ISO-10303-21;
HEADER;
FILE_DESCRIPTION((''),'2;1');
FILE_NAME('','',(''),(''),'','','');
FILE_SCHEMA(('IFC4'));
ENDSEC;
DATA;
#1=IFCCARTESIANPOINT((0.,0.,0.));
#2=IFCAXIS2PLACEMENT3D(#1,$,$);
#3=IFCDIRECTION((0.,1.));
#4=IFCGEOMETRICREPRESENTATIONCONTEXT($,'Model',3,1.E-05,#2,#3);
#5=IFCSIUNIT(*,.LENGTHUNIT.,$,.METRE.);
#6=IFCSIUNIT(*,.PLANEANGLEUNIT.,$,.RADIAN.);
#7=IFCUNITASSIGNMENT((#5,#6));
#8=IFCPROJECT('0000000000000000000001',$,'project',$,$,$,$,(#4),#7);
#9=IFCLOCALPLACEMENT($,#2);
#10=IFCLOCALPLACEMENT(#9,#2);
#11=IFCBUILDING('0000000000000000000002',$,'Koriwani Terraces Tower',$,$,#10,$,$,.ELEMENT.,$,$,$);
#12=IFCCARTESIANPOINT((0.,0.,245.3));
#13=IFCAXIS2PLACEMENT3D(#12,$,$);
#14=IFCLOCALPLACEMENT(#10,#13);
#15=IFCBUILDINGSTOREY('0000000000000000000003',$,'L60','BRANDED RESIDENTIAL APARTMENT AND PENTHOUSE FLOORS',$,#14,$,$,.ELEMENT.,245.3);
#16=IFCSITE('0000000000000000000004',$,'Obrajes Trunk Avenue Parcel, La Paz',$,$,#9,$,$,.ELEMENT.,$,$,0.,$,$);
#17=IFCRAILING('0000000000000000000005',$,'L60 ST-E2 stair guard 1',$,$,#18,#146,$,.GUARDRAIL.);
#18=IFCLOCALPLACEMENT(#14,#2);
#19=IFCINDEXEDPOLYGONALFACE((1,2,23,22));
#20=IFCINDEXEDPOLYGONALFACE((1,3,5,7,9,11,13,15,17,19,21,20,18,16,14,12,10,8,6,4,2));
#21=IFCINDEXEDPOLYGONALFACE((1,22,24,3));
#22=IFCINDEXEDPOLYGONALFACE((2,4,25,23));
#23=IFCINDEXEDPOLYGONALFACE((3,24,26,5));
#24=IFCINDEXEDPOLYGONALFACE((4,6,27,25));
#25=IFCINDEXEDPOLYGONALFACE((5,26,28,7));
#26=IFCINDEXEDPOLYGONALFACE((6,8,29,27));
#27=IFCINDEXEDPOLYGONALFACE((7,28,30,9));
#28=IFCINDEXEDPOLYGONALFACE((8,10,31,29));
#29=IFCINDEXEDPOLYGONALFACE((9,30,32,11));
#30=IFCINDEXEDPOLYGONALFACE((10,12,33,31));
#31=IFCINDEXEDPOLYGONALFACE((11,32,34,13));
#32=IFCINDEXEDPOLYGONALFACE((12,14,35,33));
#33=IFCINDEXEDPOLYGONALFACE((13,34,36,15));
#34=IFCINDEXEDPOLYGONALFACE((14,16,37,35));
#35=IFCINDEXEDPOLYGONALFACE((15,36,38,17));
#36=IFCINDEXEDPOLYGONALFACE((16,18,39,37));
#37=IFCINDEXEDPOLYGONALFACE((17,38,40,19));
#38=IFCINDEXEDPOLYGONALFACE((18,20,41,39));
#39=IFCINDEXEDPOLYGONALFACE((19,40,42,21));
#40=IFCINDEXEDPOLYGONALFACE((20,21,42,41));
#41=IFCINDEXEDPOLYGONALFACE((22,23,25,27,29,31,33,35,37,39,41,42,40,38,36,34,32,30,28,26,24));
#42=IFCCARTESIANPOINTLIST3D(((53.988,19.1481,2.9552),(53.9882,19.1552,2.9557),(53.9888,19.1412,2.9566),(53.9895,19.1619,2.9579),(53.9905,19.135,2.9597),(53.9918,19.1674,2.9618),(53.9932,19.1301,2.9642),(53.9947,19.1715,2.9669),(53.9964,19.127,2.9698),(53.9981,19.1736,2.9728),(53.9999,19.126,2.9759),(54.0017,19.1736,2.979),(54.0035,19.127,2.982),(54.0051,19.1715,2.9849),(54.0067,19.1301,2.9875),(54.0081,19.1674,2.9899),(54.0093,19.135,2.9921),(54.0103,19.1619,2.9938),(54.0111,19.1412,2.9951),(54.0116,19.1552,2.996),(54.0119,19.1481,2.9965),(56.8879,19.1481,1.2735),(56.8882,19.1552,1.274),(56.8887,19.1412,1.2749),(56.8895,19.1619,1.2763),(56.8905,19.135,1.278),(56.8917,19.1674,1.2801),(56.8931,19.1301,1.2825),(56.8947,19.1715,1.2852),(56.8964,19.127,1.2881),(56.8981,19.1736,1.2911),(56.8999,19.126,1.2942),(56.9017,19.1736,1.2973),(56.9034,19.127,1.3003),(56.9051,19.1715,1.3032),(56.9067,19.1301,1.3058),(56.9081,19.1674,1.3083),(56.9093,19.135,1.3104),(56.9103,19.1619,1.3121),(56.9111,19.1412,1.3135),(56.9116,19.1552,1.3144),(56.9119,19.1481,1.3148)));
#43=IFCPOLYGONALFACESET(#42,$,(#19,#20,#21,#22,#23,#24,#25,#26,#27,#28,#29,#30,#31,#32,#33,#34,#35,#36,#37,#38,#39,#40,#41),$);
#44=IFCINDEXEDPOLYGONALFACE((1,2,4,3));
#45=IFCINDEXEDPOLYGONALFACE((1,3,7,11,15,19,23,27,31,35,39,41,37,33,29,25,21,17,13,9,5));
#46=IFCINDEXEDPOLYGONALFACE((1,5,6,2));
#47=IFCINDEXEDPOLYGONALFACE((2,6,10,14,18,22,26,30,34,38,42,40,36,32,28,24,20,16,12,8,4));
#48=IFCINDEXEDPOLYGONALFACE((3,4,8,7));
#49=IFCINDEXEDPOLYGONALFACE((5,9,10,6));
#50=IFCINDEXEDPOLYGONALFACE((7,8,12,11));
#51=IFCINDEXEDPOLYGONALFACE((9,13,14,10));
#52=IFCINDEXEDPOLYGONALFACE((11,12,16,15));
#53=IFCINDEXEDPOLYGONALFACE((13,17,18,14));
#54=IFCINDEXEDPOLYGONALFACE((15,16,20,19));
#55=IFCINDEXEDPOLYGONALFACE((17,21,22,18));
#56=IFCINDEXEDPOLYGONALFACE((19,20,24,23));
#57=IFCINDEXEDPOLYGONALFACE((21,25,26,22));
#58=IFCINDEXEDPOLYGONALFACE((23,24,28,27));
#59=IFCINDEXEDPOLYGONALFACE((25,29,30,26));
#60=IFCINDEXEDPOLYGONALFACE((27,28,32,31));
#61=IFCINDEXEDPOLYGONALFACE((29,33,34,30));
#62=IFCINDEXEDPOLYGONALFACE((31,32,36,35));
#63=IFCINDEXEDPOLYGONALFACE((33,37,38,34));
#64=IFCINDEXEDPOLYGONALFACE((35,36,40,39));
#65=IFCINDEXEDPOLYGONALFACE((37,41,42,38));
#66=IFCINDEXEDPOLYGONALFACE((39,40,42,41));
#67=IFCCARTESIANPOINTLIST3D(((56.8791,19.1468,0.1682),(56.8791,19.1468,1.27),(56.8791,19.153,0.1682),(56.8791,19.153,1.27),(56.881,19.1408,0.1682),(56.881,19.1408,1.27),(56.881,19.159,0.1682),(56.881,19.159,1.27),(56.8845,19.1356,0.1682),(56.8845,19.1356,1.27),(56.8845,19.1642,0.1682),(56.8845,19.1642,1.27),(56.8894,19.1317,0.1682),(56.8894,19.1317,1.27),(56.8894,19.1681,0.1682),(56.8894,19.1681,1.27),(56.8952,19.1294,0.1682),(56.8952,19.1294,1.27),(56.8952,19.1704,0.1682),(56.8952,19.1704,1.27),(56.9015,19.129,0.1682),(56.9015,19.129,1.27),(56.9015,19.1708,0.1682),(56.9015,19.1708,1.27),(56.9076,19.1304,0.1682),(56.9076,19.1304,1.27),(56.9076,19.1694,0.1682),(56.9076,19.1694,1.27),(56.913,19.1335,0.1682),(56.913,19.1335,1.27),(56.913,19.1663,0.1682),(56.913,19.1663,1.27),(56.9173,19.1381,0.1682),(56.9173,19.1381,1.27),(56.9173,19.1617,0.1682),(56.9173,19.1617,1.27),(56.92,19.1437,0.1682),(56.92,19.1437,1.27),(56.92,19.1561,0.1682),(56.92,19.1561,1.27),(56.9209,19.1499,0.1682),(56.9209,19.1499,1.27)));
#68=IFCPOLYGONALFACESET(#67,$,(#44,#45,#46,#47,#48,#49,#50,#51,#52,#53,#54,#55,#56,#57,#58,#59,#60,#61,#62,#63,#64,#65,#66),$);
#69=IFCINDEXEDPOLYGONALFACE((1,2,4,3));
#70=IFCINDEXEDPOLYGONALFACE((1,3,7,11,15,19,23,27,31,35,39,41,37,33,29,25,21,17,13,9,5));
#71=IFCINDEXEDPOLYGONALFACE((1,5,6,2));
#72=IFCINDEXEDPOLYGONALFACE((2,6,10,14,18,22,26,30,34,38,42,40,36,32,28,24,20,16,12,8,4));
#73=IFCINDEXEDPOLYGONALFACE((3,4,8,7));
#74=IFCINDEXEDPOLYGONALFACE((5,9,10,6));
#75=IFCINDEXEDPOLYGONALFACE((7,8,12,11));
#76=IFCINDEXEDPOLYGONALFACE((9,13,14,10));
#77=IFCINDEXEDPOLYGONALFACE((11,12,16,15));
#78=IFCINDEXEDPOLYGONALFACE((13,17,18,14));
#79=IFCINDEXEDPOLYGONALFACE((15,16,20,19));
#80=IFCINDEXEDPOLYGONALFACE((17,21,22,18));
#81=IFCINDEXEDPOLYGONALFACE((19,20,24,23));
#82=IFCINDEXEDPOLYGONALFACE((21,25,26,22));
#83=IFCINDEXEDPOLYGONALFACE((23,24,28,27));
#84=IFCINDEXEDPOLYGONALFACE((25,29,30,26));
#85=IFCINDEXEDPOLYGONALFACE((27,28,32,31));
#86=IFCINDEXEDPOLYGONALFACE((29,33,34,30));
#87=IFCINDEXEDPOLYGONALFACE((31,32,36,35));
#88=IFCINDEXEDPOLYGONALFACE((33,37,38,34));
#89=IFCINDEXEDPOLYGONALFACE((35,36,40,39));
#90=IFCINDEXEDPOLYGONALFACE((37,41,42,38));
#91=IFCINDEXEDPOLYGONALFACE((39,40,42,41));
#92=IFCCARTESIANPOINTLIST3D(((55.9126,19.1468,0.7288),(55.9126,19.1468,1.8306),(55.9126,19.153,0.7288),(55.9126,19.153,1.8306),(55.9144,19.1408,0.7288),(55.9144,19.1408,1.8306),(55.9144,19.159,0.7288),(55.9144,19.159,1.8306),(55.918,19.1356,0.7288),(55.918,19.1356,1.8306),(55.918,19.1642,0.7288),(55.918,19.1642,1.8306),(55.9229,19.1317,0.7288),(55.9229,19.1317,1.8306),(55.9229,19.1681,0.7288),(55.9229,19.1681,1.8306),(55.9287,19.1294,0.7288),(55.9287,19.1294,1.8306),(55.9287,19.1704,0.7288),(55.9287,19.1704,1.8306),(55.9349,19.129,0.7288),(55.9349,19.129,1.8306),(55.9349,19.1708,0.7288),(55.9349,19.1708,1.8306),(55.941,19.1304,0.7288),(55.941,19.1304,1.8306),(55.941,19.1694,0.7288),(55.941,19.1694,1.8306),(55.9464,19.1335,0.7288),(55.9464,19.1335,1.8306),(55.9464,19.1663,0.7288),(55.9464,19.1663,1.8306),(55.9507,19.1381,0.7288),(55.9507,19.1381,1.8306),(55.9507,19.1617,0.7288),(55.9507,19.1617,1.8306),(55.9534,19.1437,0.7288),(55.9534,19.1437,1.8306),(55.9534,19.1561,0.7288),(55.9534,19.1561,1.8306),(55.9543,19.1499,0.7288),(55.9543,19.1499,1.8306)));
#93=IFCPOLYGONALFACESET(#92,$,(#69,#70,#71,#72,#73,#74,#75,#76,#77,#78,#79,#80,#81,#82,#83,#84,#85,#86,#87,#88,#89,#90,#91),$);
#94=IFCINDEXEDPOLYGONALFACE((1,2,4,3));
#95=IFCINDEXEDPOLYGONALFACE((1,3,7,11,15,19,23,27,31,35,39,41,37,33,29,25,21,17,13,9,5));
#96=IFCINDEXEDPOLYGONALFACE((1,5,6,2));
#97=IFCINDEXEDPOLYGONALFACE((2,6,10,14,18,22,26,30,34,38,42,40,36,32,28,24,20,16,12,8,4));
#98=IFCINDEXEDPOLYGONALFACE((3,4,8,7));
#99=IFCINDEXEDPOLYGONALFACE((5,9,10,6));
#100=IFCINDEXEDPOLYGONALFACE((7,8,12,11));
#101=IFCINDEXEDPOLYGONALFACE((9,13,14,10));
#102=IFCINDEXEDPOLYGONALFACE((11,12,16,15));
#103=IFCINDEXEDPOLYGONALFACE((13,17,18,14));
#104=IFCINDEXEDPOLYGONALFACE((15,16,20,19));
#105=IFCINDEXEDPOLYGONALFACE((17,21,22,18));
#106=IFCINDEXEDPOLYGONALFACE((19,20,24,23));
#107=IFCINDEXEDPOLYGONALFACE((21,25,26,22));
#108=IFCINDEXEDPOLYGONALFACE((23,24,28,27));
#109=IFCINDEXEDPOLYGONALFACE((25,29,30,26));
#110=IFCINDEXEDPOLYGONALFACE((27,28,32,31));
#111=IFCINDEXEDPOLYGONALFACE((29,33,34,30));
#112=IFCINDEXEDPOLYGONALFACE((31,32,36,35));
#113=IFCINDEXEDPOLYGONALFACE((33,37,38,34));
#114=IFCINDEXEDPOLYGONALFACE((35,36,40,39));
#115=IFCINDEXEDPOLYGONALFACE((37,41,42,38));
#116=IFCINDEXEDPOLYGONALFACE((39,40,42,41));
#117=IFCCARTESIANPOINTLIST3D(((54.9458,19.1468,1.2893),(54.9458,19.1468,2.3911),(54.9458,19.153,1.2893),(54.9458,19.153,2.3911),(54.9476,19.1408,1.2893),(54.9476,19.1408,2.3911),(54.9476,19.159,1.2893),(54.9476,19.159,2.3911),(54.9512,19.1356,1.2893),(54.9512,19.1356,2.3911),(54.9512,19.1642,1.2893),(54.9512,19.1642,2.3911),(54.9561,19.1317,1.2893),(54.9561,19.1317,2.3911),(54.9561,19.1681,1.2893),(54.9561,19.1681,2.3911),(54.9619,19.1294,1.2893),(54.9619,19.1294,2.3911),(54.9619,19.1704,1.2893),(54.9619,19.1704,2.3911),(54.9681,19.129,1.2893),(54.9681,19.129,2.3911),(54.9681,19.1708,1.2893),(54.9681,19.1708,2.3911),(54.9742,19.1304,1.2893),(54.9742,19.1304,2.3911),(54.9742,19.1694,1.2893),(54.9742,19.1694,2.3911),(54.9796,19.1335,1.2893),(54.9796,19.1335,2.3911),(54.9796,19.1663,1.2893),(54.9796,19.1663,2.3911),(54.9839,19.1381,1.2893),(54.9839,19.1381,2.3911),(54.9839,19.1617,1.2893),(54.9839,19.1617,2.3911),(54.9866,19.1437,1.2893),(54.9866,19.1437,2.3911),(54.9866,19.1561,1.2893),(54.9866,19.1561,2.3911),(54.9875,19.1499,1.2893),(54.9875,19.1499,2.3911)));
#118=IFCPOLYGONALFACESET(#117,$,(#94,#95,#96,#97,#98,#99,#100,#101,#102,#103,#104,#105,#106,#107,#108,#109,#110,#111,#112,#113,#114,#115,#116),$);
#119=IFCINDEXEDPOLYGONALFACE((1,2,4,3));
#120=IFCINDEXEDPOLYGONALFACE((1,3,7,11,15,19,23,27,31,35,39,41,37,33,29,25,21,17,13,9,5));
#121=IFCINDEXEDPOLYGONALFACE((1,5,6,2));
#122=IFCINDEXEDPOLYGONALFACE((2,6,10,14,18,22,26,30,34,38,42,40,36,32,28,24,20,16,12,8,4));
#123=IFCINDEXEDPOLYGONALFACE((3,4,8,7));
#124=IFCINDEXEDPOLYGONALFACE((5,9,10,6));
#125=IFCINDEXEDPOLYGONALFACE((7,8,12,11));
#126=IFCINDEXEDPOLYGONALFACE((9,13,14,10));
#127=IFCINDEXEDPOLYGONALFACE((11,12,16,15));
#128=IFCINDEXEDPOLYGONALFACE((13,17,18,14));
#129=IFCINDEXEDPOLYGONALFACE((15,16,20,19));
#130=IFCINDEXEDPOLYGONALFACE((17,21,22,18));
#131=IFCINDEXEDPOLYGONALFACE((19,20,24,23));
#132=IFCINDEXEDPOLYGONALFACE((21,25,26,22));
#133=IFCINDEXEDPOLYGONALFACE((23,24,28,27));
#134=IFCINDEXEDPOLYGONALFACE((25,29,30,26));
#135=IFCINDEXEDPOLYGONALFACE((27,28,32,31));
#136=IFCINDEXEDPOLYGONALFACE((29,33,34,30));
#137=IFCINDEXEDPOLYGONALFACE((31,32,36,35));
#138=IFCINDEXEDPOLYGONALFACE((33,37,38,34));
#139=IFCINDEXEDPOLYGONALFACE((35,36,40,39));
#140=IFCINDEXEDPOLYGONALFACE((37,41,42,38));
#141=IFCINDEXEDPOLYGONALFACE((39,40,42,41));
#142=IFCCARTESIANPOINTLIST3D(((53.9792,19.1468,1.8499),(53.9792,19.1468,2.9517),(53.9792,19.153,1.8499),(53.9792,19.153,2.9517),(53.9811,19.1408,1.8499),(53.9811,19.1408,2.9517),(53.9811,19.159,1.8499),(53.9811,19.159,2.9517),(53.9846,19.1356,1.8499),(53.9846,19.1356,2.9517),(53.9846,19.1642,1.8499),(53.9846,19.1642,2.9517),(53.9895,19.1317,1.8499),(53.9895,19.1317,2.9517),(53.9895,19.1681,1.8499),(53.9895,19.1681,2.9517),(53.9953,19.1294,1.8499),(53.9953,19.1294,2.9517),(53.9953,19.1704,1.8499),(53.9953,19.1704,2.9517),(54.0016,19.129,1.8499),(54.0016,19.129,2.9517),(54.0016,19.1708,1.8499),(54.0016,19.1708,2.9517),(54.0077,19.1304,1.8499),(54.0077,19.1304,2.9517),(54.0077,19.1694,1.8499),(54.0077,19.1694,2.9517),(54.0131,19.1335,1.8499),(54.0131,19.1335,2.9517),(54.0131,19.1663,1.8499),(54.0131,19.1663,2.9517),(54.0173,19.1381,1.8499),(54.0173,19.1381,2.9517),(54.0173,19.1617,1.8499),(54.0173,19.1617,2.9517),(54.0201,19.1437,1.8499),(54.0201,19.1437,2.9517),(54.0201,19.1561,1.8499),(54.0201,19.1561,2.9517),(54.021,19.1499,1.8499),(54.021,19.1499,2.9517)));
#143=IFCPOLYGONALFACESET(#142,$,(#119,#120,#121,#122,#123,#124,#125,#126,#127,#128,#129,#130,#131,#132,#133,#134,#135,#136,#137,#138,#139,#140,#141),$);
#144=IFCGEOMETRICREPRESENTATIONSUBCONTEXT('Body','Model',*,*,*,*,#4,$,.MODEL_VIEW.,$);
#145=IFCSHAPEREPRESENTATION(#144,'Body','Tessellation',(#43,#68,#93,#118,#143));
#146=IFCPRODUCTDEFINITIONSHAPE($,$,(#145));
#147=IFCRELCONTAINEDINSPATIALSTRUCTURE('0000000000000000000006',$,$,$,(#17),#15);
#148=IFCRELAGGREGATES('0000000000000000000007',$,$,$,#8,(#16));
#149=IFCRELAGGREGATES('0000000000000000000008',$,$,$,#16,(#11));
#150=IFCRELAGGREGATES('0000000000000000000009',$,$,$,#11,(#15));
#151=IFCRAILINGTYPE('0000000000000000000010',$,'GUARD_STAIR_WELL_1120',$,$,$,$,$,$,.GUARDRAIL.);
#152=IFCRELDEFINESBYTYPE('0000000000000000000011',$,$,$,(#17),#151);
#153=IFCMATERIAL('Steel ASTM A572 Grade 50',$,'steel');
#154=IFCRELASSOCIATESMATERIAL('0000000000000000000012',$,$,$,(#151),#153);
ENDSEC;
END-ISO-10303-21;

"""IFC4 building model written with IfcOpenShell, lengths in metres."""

from ifc_helpers import new_model, si_unit, direction, frame, origin, origin_2d, place, context, subcontext, project, spatial, circle, extrude, material, type_object, element, save


model = new_model("IFC4")

# Units and contexts
model_context = context("Model", 3, precision=1e-05, world=origin(), true_north=direction((0.0, 1.0)))
body_context = subcontext(model_context, "Body", "Model", "MODEL_VIEW")
ifc_project = project(units=[si_unit("LENGTHUNIT", "METRE"), si_unit("PLANEANGLEUNIT", "RADIAN")], contexts=[model_context])

# Site, building, storey
site_placement = place(None, origin())
site = spatial("IfcSite", under=ifc_project, at=site_placement, Name="Obrajes Trunk Avenue Parcel, La Paz", CompositionType="ELEMENT", RefElevation=0.0)
building_placement = place(site_placement, origin())
building = spatial("IfcBuilding", under=site, at=building_placement, Name="Koriwani Terraces Tower", CompositionType="ELEMENT")
storey_placement = place(building_placement, frame((0.0, 0.0, 245.3)))
storey = spatial("IfcBuildingStorey", under=building, at=storey_placement, Name="L60", Description="BRANDED RESIDENTIAL APARTMENT AND PENTHOUSE FLOORS", CompositionType="ELEMENT", Elevation=245.3)

# Shared definitions
ifc_material_1 = material(Name="Steel ASTM A572 Grade 50", Category="steel")

# Railing
railing_type_1 = type_object("IfcRailingType", Name="GUARD_STAIR_WELL_1120", PredefinedType="GUARDRAIL", material=ifc_material_1)
railing_1_placement = place(storey_placement, frame((56.8999, 19.1499, 0.1682)))
element("IfcRailing", 1, at=railing_1_placement, inside=storey, type_object=railing_type_1, Name="L60 ST-E2 stair guard 1", PredefinedType="GUARDRAIL", context=body_context, shape_type="SweptSolid", body=[
    extrude(circle(Radius=0.0239, at=origin_2d()), frame((0.0, 0.0, 1.126), z_axis=(-0.86507, 0.0, 0.501651), x_axis=(0.0, -1.0, 0.0)), (0.0, 0.0, 1.0), 3.3523),
    extrude(circle(Radius=0.021, at=origin_2d()), origin(), (0.0, 0.0, 1.0), 1.1018),
    extrude(circle(Radius=0.021, at=origin_2d()), frame((-0.9666, 0.0, 0.5605)), (0.0, 0.0, 1.0), 1.1018),
    extrude(circle(Radius=0.021, at=origin_2d()), frame((-1.9333, 0.0, 1.1211)), (0.0, 0.0, 1.0), 1.1018),
    extrude(circle(Radius=0.021, at=origin_2d()), frame((-2.8999, 0.0, 1.6816)), (0.0, 0.0, 1.0), 1.1018),
])

save(model, "model.ifc")
